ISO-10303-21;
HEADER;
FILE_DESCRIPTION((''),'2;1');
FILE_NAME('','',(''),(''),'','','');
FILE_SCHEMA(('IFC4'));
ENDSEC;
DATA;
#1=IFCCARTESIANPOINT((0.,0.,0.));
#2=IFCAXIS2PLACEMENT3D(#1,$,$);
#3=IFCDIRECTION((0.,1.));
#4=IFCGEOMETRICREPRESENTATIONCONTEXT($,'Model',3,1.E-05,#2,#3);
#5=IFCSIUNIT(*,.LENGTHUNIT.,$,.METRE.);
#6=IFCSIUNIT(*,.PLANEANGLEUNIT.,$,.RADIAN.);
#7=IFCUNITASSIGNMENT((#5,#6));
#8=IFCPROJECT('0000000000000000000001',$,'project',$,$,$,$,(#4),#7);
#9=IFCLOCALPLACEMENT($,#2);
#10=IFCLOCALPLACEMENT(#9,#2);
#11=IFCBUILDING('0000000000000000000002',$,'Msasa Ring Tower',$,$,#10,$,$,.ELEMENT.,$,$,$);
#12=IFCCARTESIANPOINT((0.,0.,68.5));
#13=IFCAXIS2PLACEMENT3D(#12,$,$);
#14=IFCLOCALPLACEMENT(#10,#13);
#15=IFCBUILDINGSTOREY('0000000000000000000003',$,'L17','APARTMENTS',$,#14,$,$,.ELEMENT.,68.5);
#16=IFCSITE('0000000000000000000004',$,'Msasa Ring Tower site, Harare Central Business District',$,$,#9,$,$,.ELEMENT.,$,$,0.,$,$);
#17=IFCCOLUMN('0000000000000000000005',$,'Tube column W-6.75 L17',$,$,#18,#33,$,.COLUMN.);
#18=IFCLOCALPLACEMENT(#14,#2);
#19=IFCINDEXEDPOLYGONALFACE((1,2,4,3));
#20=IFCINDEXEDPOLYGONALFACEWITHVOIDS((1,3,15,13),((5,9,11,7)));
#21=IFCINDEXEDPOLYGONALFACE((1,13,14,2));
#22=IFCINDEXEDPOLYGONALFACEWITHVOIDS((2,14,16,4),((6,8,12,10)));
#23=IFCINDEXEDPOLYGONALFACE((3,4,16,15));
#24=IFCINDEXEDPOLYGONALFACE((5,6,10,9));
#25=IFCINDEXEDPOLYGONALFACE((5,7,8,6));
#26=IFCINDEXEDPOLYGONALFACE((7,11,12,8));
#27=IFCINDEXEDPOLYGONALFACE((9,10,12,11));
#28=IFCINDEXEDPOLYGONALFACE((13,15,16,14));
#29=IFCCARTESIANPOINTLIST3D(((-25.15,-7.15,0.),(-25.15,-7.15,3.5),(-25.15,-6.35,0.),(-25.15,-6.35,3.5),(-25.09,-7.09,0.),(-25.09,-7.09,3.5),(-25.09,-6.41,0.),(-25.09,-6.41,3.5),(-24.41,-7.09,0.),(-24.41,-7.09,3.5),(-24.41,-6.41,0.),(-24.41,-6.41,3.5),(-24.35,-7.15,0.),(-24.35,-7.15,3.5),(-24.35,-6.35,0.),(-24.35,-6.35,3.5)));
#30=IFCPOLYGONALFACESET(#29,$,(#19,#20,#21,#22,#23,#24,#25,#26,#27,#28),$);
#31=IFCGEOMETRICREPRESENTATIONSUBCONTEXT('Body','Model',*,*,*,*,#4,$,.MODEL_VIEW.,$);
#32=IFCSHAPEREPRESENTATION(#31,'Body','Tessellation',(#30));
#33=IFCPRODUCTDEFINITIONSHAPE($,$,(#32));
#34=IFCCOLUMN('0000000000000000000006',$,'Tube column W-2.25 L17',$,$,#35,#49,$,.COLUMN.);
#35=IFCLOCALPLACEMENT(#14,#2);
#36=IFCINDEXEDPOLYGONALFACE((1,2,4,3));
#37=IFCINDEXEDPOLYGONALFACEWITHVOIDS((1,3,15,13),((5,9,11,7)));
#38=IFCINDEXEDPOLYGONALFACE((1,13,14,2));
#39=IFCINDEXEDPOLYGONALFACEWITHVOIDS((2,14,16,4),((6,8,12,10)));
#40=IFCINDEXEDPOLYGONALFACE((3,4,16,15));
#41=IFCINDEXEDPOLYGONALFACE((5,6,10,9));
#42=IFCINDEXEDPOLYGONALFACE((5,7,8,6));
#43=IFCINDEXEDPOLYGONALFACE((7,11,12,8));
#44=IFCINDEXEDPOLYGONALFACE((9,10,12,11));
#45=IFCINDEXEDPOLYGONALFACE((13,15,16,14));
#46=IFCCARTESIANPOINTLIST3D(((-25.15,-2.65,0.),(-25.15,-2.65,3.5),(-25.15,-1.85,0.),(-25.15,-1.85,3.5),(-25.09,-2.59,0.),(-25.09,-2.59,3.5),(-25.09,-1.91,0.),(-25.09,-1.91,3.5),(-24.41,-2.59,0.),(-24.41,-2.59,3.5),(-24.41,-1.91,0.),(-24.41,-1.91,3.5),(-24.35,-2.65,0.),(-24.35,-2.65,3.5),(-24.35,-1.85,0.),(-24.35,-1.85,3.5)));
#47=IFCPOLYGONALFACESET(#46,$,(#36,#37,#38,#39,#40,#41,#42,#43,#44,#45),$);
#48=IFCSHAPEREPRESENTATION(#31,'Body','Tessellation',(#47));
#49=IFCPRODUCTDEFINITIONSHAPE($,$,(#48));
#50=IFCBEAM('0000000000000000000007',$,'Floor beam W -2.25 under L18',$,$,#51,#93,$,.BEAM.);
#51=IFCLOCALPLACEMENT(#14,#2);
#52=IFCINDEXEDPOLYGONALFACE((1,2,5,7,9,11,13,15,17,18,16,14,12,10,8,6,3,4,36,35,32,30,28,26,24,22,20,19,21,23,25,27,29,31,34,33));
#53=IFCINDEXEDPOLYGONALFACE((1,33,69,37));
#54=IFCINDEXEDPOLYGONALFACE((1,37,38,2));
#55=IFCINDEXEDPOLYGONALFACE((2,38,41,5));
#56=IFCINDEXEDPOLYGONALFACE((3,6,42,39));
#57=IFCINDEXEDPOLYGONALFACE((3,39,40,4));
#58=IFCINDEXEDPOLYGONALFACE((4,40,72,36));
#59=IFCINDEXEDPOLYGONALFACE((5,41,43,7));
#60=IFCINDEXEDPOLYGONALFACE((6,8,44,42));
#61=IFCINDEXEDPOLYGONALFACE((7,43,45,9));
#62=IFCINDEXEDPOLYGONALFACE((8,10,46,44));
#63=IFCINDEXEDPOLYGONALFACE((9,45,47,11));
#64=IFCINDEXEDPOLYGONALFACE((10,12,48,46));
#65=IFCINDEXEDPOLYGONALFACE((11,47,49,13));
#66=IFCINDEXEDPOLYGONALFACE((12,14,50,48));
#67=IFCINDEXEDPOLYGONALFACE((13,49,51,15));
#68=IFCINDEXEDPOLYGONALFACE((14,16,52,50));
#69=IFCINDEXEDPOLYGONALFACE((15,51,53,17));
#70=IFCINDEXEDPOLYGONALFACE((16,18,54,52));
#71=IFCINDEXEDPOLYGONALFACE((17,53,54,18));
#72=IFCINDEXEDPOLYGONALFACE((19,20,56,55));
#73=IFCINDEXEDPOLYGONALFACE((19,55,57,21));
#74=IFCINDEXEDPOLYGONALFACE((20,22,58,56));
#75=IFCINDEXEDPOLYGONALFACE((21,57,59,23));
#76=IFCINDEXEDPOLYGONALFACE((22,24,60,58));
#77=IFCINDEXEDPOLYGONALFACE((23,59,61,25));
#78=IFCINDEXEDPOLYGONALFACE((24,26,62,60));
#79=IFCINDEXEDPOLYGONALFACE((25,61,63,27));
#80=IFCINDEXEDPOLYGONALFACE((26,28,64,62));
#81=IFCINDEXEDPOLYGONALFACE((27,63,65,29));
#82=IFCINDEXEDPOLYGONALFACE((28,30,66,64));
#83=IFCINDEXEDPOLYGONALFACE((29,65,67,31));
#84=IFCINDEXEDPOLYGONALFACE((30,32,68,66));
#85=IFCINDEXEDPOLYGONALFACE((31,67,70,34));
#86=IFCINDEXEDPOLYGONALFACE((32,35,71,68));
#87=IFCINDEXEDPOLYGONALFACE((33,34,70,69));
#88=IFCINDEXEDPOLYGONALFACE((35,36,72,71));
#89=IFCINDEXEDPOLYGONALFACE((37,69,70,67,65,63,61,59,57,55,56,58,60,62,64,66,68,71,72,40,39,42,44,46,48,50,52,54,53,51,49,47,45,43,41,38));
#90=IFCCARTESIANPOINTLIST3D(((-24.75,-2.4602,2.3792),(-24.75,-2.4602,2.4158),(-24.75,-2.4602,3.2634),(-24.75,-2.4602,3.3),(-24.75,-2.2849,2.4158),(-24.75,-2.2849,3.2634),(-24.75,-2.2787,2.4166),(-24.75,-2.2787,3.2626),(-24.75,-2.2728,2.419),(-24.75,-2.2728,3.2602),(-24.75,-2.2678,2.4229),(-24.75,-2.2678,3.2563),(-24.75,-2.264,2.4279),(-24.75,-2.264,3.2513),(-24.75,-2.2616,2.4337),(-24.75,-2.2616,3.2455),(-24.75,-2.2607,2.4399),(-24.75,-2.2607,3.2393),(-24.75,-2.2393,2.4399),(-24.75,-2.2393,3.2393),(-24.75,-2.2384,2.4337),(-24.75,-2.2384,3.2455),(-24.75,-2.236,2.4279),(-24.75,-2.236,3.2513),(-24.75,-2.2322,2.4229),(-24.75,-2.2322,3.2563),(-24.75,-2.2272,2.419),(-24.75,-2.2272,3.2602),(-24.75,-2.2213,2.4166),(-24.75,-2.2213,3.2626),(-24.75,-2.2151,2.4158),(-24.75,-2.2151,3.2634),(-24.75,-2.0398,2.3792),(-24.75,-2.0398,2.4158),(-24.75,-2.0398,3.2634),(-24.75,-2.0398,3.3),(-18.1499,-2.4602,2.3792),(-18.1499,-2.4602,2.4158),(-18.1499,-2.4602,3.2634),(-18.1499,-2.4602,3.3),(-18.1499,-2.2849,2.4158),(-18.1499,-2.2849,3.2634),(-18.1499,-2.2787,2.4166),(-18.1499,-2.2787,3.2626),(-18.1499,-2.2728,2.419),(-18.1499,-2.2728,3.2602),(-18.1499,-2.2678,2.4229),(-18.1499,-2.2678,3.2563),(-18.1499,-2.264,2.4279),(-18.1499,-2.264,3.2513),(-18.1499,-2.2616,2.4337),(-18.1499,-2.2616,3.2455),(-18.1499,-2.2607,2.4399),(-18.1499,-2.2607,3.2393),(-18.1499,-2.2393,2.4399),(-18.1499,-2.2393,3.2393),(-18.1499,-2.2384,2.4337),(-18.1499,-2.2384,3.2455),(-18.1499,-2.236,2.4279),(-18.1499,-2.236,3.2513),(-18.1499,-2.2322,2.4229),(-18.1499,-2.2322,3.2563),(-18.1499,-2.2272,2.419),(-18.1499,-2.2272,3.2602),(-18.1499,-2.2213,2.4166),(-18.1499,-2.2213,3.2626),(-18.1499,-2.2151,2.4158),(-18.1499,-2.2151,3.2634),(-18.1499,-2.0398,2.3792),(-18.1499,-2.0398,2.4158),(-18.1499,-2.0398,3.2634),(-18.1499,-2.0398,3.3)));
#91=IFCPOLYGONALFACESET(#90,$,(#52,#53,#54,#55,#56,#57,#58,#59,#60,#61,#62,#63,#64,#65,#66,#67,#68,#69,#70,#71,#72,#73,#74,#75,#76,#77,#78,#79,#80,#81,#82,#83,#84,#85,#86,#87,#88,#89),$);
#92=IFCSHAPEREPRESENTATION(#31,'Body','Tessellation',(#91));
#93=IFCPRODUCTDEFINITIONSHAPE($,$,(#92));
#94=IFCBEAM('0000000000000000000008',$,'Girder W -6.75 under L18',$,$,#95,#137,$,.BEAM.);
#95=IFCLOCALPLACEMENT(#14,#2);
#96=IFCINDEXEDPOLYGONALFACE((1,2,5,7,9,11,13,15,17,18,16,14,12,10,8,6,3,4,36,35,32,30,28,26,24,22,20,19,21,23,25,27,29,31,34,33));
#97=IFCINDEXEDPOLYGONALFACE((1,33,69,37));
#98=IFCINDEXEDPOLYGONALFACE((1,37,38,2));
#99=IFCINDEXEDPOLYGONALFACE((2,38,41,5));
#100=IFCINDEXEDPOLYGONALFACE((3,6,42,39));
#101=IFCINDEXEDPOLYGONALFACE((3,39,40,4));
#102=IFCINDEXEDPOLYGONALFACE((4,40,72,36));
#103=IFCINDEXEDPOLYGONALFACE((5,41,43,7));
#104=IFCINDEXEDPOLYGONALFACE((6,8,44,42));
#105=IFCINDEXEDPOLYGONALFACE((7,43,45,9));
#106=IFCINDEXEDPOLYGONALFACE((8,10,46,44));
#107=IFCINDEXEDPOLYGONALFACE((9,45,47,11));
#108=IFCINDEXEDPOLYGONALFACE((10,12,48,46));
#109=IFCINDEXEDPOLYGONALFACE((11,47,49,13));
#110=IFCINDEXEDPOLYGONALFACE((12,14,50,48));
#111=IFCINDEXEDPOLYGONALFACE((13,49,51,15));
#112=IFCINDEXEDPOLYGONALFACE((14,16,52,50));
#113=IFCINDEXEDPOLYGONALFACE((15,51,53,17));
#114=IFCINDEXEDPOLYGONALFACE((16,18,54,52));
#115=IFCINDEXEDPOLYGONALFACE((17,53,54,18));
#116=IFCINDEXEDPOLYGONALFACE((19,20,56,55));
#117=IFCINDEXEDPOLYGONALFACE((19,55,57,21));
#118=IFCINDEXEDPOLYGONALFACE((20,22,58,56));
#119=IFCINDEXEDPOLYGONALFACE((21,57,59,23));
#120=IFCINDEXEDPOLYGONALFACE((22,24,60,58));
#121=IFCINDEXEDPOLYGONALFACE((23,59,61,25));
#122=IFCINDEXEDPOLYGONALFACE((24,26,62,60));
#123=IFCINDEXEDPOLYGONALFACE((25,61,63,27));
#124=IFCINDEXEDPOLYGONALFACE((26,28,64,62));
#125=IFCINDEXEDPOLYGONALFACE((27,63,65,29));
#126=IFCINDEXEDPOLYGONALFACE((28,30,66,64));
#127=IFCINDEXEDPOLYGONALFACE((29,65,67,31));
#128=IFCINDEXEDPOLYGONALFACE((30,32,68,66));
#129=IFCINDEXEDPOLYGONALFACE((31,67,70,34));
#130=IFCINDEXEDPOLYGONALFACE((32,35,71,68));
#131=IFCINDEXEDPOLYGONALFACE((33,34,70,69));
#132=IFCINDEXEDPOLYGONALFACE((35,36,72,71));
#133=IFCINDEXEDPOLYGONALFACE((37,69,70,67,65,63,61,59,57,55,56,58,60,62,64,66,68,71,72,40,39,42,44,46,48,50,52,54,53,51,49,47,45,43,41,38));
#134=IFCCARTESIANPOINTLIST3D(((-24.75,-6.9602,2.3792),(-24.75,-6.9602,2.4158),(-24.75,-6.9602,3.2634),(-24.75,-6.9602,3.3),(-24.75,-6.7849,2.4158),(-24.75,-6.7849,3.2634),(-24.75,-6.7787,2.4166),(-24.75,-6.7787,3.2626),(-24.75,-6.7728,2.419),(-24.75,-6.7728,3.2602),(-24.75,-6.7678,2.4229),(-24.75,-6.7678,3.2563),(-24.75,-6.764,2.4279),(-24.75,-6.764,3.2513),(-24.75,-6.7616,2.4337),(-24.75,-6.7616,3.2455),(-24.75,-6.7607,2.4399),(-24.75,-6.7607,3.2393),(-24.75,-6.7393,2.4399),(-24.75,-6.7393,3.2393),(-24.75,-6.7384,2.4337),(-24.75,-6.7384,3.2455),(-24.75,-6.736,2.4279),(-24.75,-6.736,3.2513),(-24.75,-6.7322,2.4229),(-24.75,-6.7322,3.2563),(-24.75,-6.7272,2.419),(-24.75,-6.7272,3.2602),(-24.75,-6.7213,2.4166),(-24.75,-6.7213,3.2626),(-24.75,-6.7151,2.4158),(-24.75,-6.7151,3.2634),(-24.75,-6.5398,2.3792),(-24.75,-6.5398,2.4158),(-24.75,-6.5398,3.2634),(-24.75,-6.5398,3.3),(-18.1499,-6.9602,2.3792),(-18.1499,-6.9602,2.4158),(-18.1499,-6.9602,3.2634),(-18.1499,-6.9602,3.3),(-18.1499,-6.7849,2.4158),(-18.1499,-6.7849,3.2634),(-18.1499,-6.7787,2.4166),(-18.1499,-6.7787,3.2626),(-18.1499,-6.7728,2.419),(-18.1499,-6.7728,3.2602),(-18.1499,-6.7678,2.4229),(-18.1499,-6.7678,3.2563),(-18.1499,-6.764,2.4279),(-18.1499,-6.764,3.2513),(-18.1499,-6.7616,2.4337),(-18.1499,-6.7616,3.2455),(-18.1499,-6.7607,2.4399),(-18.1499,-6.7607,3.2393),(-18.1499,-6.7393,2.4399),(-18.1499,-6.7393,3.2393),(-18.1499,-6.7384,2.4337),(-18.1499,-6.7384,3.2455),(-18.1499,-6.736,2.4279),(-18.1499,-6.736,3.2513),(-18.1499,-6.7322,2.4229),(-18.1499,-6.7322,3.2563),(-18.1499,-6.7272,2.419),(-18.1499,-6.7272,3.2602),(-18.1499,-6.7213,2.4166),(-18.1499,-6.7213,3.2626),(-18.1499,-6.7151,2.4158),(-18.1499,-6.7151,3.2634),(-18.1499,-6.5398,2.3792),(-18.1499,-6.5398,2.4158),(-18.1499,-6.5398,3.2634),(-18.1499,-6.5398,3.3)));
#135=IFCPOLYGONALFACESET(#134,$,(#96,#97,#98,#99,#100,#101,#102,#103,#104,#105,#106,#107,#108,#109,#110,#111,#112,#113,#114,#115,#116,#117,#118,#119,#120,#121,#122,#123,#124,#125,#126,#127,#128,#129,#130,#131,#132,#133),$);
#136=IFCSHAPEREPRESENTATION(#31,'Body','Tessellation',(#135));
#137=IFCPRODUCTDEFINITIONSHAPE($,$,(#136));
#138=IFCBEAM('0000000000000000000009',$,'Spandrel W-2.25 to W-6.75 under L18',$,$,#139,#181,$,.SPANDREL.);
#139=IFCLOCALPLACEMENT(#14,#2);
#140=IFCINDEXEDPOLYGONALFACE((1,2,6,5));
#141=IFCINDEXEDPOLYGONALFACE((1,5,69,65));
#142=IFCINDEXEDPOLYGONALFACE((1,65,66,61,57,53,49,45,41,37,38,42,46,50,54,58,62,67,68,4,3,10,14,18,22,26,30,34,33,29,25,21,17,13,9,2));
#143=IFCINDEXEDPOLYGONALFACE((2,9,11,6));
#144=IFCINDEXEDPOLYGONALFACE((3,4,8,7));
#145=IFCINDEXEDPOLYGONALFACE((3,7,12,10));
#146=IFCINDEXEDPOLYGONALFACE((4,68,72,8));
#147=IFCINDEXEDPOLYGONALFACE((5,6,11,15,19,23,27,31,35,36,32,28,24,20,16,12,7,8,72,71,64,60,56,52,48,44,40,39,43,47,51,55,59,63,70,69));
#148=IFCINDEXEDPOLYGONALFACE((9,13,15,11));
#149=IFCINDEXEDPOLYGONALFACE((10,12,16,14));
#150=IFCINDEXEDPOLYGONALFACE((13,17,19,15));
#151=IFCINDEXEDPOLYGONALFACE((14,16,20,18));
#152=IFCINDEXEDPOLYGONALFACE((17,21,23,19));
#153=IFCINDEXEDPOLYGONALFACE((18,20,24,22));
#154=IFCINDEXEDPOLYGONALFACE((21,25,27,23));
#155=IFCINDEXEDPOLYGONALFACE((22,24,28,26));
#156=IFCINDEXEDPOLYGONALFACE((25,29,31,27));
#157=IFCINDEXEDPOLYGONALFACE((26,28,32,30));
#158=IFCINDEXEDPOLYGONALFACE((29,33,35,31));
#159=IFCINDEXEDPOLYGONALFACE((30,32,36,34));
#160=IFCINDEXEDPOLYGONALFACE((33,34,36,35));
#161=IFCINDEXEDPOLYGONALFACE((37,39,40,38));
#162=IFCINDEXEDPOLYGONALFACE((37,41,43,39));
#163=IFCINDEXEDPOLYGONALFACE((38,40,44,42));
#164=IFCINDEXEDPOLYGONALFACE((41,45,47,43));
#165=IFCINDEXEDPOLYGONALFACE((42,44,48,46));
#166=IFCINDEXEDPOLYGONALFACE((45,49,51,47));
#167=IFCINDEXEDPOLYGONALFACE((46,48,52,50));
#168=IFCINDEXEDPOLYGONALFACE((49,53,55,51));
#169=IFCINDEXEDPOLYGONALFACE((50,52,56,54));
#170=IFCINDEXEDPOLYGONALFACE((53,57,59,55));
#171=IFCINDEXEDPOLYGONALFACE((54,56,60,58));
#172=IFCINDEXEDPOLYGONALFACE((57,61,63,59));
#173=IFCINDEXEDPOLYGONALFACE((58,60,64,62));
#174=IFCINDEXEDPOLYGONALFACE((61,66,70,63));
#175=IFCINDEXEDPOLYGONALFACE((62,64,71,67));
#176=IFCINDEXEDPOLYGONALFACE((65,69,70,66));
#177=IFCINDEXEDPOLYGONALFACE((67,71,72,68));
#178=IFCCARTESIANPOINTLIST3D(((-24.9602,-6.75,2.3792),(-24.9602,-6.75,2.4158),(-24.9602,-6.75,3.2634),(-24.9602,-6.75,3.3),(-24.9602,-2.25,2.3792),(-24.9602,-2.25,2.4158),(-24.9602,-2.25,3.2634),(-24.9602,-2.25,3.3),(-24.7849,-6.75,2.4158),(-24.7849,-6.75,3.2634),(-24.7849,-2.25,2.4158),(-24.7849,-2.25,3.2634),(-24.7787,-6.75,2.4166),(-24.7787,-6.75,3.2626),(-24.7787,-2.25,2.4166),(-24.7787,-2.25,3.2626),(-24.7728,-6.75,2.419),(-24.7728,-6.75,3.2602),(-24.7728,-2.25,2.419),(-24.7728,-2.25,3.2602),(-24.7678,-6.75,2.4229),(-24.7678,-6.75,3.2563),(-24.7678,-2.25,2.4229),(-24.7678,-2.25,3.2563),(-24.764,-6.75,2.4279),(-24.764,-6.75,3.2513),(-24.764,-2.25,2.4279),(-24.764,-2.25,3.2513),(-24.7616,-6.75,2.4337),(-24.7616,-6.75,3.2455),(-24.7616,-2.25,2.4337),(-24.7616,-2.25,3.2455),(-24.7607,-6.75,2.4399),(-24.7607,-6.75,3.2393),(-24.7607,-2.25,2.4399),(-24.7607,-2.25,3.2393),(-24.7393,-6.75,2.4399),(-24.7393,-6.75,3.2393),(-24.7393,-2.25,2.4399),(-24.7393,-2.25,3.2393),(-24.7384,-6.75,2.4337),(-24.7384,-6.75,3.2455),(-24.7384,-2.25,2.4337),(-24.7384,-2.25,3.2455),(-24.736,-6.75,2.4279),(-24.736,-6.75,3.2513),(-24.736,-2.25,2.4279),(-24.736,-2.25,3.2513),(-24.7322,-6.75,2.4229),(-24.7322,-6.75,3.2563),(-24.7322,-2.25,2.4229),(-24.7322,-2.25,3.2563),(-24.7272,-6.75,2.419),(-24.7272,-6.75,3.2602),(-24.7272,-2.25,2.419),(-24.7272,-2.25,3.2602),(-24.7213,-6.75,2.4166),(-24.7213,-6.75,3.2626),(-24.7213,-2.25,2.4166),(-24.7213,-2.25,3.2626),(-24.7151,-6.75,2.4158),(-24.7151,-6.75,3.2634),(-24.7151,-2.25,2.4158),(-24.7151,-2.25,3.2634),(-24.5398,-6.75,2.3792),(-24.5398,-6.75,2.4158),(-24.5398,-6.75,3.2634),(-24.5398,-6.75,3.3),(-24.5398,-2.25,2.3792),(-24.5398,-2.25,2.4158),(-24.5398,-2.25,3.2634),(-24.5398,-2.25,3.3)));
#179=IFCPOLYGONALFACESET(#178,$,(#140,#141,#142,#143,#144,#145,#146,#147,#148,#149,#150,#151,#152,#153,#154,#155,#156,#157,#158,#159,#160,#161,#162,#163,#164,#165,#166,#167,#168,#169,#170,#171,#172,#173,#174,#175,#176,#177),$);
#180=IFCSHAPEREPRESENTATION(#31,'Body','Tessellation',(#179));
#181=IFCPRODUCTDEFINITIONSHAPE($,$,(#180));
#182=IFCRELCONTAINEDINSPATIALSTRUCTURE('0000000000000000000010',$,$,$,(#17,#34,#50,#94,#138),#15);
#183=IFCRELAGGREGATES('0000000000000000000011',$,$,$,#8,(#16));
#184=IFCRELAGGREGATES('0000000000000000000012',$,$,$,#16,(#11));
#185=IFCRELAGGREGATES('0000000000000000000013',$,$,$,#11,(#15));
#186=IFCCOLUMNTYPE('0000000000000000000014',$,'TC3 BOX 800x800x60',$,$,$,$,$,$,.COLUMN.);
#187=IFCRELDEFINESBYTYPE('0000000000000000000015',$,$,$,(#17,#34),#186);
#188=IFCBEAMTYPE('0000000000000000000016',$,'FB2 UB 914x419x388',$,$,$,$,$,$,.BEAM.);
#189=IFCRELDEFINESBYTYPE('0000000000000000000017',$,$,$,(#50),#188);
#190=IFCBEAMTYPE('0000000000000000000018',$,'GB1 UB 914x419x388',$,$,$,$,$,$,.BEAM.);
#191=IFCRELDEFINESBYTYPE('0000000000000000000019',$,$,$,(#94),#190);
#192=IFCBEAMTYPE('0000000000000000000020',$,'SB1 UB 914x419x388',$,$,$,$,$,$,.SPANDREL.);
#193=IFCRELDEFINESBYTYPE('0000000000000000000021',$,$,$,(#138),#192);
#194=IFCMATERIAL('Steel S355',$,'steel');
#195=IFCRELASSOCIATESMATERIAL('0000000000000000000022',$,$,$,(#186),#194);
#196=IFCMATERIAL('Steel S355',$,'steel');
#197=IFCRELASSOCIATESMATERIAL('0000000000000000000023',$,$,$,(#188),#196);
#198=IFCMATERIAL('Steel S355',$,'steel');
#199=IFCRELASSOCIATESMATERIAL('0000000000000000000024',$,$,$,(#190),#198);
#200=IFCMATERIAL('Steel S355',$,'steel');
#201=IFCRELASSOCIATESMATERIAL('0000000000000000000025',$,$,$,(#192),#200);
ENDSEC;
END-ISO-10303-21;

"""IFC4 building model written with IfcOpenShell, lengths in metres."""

from ifc_helpers import new_model, si_unit, direction, frame, origin, origin_2d, place, context, subcontext, project, spatial, hollow_rectangle, i_section, extrude, material, material_profile, profile_set, type_object, element, save


model = new_model("IFC4")

# Units and contexts
model_context = context("Model", 3, precision=1e-05, world=origin(), true_north=direction((0.0, 1.0)))
body_context = subcontext(model_context, "Body", "Model", "MODEL_VIEW")
ifc_project = project(units=[si_unit("LENGTHUNIT", "METRE"), si_unit("PLANEANGLEUNIT", "RADIAN")], contexts=[model_context])

# Site, building, storey
site_placement = place(None, origin())
site = spatial("IfcSite", under=ifc_project, at=site_placement, Name="Msasa Ring Tower site, Harare Central Business District", CompositionType="ELEMENT", RefElevation=0.0)
building_placement = place(site_placement, origin())
building = spatial("IfcBuilding", under=site, at=building_placement, Name="Msasa Ring Tower", CompositionType="ELEMENT")
storey_placement = place(building_placement, frame((0.0, 0.0, 68.5)))
storey = spatial("IfcBuildingStorey", under=building, at=storey_placement, Name="L17", Description="APARTMENTS", CompositionType="ELEMENT", Elevation=68.5)

# Columns
ifc_material_1 = material(Name="Steel S355", Category="steel")
ifc_material_profile_1 = material_profile(ifc_material_1, hollow_rectangle(XDim=0.8, YDim=0.8, WallThickness=0.0601, at=origin_2d()), Name="BOX 800x800x60")
ifc_profile_set_1 = profile_set([ifc_material_profile_1], Name="Steel S355")
column_type = type_object("IfcColumnType", Name="TC3 BOX 800x800x60", PredefinedType="COLUMN", material=ifc_profile_set_1)
for number, where, z_axis, x_axis, name in (
    (1, (-24.75, -6.75, 0.0), (0.0, 0.0, 1.0), (1.0, 0.0, 0.0), "Tube column W-6.75 L17"),
    (2, (-24.75, -2.25, 0.0), (0.0, 0.0, 1.0), (1.0, 0.0, 0.0), "Tube column W-2.25 L17"),
):
    element("IfcColumn", number, at=place(storey_placement, frame(where, z_axis=z_axis, x_axis=x_axis)), inside=storey, type_object=column_type, Name=name, PredefinedType="COLUMN", context=body_context, shape_type="SweptSolid", body=[
        extrude(hollow_rectangle(XDim=0.8, YDim=0.8, WallThickness=0.0601, at=origin_2d()), origin(), (0.0, 0.0, 1.0), 3.5),
    ])

# Beams
ifc_material_2 = material(Name="Steel S355", Category="steel")
ifc_material_profile_2 = material_profile(ifc_material_2, i_section(OverallWidth=0.4204, OverallDepth=0.9209, WebThickness=0.0215, FlangeThickness=0.0366, FilletRadius=0.0242, at=origin_2d()), Name="UB 914x419x388")
ifc_profile_set_2 = profile_set([ifc_material_profile_2], Name="Steel S355")
beam_type_1 = type_object("IfcBeamType", Name="FB2 UB 914x419x388", PredefinedType="BEAM", material=ifc_profile_set_2)
beam_1_placement = place(storey_placement, frame((-24.75, -2.25, 2.8396), z_axis=(1.0, 0.0, 0.0), x_axis=(0.0, 1.0, 0.0)))
element("IfcBeam", 3, at=beam_1_placement, inside=storey, type_object=beam_type_1, Name="Floor beam W -2.25 under L18", PredefinedType="BEAM", context=body_context, shape_type="SweptSolid", body=[
    extrude(i_section(OverallWidth=0.4204, OverallDepth=0.9209, WebThickness=0.0215, FlangeThickness=0.0366, FilletRadius=0.0242, at=origin_2d()), origin(), (0.0, 0.0, 1.0), 6.6001),
])
ifc_material_3 = material(Name="Steel S355", Category="steel")
ifc_material_profile_3 = material_profile(ifc_material_3, i_section(OverallWidth=0.4204, OverallDepth=0.9209, WebThickness=0.0215, FlangeThickness=0.0366, FilletRadius=0.0242, at=origin_2d()), Name="UB 914x419x388")
ifc_profile_set_3 = profile_set([ifc_material_profile_3], Name="Steel S355")
beam_type_2 = type_object("IfcBeamType", Name="GB1 UB 914x419x388", PredefinedType="BEAM", material=ifc_profile_set_3)
beam_2_placement = place(storey_placement, frame((-18.1499, -6.75, 2.8396), z_axis=(-1.0, 0.0, 0.0), x_axis=(0.0, -1.0, 0.0)))
element("IfcBeam", 4, at=beam_2_placement, inside=storey, type_object=beam_type_2, Name="Girder W -6.75 under L18", PredefinedType="BEAM", context=body_context, shape_type="SweptSolid", body=[
    extrude(i_section(OverallWidth=0.4204, OverallDepth=0.9209, WebThickness=0.0215, FlangeThickness=0.0366, FilletRadius=0.0242, at=origin_2d()), origin(), (0.0, 0.0, 1.0), 6.6001),
])
ifc_material_4 = material(Name="Steel S355", Category="steel")
ifc_material_profile_4 = material_profile(ifc_material_4, i_section(OverallWidth=0.4204, OverallDepth=0.9209, WebThickness=0.0215, FlangeThickness=0.0366, FilletRadius=0.0242, at=origin_2d()), Name="UB 914x419x388")
ifc_profile_set_4 = profile_set([ifc_material_profile_4], Name="Steel S355")
beam_type_3 = type_object("IfcBeamType", Name="SB1 UB 914x419x388", PredefinedType="SPANDREL", material=ifc_profile_set_4)
for number, where, z_axis, x_axis, name in (
    (5, (-24.75, -2.25, 2.8396), (0.0, -1.0, 0.0), (1.0, 0.0, 0.0), "Spandrel W-2.25 to W-6.75 under L18"),
):
    element("IfcBeam", number, at=place(storey_placement, frame(where, z_axis=z_axis, x_axis=x_axis)), inside=storey, type_object=beam_type_3, Name=name, PredefinedType="SPANDREL", context=body_context, shape_type="SweptSolid", body=[
        extrude(i_section(OverallWidth=0.4204, OverallDepth=0.9209, WebThickness=0.0215, FlangeThickness=0.0366, FilletRadius=0.0242, at=origin_2d()), origin(), (0.0, 0.0, 1.0), 4.5),
    ])

save(model, "model.ifc")
